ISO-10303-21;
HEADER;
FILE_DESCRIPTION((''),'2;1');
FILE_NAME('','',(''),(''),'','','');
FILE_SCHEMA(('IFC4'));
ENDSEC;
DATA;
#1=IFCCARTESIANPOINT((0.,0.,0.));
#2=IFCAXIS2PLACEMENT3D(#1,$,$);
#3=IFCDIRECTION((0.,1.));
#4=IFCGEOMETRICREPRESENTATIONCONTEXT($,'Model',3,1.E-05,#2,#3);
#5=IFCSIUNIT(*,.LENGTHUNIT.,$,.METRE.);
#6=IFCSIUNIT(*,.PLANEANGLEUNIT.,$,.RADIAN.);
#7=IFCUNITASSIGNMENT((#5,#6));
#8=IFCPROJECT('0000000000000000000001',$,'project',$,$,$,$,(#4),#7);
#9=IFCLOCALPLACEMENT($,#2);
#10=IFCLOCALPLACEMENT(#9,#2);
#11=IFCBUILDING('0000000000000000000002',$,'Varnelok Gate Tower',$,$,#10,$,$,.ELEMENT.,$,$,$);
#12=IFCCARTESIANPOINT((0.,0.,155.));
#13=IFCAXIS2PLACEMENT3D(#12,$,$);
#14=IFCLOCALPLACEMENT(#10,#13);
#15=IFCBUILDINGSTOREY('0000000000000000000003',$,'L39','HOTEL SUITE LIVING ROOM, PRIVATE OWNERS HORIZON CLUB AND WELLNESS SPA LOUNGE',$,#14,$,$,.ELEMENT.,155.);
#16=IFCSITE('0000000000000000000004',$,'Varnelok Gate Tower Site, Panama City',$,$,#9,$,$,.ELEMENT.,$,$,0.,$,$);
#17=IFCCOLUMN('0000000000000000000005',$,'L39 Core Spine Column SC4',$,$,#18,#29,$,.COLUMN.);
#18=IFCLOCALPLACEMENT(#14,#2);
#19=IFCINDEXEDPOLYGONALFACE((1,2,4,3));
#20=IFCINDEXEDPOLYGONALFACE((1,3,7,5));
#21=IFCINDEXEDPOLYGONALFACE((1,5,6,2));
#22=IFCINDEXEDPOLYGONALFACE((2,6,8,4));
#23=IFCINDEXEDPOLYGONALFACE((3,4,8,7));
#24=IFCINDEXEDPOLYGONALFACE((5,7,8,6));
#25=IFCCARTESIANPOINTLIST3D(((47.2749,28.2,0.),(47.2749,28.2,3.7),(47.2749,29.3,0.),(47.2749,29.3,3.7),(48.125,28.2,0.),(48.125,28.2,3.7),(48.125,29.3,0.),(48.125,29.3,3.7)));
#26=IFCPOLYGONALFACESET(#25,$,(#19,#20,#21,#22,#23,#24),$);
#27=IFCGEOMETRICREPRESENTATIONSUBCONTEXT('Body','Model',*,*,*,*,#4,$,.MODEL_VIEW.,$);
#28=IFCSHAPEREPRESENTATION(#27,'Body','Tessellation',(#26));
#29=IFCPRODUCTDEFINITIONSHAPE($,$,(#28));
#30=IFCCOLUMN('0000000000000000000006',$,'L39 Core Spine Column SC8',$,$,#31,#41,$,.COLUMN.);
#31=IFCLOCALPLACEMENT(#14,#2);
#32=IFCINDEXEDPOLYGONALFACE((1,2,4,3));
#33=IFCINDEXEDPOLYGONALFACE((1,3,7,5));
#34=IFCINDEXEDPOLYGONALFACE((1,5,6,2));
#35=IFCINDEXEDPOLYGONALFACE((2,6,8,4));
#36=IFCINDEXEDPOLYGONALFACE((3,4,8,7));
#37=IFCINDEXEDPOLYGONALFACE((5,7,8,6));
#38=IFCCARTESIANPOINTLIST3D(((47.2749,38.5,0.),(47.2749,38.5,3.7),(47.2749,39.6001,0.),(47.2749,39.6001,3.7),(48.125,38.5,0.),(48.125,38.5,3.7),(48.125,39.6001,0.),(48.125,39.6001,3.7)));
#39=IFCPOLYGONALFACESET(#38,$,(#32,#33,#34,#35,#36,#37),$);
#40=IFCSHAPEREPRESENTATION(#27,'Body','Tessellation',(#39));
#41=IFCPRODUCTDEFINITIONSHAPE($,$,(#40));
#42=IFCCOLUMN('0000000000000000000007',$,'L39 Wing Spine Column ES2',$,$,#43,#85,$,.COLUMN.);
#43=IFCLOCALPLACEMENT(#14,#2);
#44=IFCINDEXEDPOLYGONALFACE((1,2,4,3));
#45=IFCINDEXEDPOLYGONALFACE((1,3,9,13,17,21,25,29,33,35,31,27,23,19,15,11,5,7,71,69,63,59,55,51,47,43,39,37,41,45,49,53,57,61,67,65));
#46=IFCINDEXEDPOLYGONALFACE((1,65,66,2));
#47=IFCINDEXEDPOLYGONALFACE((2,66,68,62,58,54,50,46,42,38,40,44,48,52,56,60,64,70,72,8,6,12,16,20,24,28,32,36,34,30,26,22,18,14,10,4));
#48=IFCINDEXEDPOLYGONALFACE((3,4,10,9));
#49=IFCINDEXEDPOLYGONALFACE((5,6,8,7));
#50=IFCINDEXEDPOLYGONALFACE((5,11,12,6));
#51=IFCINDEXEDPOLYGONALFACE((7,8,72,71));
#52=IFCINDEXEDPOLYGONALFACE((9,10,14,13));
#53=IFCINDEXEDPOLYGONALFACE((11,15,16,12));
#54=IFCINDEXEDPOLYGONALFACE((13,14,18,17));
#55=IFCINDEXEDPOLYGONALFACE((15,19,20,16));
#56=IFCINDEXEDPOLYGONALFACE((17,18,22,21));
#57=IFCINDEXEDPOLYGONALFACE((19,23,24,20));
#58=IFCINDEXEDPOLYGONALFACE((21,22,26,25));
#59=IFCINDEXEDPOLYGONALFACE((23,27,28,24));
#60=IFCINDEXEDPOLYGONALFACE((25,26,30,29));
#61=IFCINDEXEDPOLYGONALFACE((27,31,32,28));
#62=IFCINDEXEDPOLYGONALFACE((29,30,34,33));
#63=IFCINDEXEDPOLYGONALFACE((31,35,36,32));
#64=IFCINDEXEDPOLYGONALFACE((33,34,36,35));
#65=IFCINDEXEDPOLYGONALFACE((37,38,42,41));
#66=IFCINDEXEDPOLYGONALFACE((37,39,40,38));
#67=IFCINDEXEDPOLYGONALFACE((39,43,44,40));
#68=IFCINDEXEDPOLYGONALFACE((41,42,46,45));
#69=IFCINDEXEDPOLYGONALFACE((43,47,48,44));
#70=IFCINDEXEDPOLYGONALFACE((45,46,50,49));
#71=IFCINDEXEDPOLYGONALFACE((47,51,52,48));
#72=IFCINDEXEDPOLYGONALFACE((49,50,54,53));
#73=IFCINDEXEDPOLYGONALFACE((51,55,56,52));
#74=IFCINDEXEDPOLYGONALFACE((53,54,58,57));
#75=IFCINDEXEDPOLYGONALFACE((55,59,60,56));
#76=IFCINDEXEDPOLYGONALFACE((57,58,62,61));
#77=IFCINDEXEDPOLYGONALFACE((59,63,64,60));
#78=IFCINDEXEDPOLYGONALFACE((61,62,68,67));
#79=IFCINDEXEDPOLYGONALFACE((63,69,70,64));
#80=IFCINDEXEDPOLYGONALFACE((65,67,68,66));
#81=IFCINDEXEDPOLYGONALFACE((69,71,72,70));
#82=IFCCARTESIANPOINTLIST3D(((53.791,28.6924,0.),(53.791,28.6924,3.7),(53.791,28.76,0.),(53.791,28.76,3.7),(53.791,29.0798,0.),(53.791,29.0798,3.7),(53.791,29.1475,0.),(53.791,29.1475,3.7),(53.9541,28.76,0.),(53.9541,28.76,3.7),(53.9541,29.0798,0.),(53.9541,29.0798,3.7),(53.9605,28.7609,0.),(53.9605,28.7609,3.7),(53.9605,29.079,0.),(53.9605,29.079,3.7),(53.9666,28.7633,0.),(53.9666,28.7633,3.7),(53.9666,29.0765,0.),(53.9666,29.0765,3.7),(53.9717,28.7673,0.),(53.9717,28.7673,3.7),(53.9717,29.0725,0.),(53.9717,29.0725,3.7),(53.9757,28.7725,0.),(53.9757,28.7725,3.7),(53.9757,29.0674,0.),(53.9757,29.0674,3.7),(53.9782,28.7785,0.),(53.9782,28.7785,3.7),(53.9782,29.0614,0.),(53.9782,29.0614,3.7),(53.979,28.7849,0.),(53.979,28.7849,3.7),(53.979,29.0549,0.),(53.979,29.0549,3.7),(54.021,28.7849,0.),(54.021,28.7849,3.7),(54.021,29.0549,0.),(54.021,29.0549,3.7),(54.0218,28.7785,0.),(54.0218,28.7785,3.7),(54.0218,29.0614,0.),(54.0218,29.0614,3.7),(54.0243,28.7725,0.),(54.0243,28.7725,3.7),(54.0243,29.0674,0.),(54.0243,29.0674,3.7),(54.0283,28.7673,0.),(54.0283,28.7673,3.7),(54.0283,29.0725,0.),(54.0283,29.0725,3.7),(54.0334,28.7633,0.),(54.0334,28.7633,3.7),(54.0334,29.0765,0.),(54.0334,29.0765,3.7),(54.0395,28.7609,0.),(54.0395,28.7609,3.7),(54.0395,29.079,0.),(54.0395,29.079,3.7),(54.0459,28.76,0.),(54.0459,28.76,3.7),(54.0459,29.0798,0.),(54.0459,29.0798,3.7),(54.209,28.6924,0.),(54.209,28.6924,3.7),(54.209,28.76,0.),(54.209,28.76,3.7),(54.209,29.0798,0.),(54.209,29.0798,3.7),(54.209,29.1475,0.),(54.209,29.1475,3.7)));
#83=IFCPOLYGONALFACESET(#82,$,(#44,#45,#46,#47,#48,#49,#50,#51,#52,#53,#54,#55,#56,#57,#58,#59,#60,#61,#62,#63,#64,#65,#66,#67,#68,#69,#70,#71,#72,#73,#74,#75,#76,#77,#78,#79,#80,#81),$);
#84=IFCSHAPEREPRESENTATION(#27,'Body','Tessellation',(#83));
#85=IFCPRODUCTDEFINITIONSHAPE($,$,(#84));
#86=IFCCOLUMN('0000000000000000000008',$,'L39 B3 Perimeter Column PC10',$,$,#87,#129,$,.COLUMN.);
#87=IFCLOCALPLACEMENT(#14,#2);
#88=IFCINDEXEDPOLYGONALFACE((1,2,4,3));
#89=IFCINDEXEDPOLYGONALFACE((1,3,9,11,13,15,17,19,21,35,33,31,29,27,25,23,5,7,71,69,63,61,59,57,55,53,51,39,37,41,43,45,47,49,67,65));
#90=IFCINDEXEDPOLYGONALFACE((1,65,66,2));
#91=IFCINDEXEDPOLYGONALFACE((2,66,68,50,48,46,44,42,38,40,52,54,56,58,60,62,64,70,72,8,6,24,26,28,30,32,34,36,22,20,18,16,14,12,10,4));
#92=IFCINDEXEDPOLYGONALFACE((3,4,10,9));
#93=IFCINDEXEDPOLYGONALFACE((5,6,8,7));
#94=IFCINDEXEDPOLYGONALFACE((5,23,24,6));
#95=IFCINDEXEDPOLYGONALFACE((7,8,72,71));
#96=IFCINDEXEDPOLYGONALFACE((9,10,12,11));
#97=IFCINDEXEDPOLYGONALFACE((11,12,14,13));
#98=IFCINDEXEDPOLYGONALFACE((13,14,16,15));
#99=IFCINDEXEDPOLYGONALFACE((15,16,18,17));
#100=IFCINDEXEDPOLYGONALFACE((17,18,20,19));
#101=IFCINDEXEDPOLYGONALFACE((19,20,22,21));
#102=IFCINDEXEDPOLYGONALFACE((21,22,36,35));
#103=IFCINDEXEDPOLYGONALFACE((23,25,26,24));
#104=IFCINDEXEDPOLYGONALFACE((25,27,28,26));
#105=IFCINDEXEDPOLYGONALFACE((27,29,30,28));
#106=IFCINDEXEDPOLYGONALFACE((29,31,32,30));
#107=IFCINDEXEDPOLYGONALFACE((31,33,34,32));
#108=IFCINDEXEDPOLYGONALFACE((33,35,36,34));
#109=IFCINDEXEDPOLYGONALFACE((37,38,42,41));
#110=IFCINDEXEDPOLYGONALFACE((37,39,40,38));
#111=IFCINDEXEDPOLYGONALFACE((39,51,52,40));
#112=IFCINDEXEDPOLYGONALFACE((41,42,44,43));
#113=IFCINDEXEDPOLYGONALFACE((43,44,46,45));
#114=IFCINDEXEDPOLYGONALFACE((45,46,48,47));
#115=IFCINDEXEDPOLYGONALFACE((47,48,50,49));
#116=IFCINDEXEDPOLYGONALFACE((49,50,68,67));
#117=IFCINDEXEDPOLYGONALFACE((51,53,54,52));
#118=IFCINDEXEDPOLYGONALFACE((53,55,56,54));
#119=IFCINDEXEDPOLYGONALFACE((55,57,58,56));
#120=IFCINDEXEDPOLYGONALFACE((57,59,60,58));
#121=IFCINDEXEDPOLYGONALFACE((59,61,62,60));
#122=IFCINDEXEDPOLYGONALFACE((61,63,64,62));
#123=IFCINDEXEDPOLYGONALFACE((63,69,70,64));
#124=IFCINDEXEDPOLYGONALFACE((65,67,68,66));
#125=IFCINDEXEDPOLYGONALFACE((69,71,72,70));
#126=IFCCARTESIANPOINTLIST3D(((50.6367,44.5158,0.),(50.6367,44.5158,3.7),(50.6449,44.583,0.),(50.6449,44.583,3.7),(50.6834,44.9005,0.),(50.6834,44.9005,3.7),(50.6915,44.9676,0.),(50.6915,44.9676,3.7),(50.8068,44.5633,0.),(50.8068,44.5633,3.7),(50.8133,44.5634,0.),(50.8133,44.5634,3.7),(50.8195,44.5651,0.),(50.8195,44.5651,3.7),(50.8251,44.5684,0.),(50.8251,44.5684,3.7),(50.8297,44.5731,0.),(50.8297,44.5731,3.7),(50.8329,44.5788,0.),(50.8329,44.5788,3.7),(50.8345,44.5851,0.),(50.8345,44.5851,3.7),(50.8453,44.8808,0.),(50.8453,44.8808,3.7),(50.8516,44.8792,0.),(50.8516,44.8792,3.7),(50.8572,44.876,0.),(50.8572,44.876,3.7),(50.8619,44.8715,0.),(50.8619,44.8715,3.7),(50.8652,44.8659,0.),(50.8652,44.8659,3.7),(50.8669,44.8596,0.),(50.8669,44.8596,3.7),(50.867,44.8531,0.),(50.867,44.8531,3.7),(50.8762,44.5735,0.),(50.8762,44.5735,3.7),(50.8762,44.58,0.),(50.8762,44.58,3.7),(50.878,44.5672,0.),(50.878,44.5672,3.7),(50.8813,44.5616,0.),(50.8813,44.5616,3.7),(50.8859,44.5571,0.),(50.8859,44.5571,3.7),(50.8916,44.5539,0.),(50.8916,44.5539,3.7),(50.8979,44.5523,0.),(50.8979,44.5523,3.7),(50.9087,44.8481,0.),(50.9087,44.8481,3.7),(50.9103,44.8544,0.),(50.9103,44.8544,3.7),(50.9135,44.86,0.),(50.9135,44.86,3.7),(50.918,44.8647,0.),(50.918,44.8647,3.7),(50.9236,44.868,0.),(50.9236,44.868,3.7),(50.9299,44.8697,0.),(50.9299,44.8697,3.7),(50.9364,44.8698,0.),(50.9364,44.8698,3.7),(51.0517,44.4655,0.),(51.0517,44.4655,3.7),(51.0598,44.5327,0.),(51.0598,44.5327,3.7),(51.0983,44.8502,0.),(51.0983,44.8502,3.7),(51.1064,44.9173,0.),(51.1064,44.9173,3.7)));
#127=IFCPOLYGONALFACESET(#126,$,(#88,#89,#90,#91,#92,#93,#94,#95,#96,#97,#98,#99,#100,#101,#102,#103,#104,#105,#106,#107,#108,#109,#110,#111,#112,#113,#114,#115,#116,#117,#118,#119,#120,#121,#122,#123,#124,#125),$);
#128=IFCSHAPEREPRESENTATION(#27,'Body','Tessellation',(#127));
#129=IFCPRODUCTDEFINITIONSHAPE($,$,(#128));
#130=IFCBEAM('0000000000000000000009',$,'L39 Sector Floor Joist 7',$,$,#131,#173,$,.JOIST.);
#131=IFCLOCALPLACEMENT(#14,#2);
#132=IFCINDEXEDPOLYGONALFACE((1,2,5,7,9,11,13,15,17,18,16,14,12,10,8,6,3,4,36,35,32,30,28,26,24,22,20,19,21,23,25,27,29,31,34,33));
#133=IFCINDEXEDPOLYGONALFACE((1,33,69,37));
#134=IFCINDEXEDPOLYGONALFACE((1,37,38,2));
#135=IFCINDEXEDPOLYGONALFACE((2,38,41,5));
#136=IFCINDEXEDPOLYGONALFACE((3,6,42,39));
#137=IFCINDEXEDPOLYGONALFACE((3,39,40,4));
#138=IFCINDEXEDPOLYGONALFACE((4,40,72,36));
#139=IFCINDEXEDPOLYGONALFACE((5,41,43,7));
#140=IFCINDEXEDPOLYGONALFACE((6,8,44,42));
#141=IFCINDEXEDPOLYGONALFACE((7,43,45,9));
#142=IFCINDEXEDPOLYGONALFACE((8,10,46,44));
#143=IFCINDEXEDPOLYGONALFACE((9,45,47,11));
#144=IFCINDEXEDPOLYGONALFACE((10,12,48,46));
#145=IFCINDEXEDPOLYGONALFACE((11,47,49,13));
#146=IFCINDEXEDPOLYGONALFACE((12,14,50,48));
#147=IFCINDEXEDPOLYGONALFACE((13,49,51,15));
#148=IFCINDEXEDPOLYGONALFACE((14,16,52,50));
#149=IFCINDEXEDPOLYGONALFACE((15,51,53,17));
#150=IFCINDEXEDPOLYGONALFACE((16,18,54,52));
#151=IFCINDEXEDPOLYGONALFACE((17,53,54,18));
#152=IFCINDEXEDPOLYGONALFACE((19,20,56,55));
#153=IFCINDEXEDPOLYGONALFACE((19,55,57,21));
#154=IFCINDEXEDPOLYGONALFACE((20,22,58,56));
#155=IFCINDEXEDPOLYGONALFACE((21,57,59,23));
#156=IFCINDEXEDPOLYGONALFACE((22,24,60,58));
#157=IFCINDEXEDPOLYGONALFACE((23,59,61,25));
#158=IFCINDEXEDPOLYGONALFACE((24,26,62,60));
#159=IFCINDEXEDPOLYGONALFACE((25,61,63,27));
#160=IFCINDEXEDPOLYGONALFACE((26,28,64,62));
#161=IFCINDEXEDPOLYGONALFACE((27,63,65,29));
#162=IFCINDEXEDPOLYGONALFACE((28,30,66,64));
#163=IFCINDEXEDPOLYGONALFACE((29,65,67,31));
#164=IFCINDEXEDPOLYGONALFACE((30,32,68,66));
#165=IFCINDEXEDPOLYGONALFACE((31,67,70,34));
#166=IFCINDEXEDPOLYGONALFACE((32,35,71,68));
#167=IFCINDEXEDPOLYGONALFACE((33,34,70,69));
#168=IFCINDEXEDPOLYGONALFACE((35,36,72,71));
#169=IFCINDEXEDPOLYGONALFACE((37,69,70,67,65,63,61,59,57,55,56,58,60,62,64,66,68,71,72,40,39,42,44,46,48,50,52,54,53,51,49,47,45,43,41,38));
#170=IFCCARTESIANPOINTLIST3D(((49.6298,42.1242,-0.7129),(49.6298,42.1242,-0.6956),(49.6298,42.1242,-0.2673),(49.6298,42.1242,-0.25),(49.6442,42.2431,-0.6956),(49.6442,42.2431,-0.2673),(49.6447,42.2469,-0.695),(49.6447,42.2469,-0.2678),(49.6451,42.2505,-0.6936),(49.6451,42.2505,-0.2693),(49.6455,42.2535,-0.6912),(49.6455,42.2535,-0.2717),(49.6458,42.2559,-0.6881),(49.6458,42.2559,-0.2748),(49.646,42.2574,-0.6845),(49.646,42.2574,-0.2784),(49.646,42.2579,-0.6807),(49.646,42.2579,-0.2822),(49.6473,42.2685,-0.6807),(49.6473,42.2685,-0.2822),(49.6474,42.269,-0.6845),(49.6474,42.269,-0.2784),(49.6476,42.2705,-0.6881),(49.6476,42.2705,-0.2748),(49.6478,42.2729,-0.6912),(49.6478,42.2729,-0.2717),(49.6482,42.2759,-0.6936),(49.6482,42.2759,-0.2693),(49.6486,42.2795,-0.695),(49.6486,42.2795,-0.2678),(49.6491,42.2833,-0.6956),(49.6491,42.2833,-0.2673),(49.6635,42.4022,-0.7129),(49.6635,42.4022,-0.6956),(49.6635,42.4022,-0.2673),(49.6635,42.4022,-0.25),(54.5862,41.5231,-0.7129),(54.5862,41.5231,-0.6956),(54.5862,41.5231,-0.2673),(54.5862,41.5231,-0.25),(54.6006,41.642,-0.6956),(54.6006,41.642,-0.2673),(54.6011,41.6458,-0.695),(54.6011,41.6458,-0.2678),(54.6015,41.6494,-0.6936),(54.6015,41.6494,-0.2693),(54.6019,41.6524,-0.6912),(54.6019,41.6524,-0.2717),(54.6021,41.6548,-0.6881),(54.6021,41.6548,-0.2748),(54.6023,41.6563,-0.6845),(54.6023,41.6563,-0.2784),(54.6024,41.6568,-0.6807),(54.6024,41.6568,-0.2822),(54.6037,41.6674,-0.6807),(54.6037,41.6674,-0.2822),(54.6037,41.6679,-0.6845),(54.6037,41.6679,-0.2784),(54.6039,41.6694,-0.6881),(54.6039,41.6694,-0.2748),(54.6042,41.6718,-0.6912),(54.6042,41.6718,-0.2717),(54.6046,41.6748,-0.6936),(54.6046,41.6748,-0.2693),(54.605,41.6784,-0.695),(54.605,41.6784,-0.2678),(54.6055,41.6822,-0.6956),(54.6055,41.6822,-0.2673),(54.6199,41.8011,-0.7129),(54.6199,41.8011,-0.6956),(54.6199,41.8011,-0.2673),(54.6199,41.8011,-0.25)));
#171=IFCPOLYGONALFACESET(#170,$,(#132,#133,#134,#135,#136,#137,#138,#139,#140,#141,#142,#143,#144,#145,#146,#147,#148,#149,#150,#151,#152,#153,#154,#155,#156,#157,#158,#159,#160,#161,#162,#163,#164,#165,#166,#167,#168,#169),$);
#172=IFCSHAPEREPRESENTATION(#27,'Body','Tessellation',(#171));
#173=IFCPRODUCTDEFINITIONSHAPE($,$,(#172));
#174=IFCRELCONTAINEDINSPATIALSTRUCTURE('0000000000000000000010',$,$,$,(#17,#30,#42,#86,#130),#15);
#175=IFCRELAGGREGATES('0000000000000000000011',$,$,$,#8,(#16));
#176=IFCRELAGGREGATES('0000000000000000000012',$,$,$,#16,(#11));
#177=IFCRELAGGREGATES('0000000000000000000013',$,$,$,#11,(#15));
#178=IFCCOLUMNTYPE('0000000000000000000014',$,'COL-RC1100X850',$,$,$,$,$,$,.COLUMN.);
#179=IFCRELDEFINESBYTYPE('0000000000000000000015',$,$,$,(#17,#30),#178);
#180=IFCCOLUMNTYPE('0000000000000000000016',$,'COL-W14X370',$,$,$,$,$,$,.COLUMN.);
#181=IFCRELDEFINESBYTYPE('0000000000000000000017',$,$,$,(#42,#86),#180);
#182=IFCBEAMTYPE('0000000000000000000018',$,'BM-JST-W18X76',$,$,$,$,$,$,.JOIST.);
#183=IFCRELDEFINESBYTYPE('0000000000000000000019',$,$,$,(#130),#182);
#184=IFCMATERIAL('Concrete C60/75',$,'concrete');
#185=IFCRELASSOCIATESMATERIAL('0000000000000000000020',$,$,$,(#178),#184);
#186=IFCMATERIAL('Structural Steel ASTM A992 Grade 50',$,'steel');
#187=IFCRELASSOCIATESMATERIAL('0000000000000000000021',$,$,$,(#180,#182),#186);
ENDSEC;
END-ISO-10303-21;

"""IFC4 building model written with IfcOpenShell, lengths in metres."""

from ifc_helpers import new_model, si_unit, direction, frame, origin, origin_2d, place, context, subcontext, project, spatial, rectangle, i_section, extrude, material, material_profile, profile_set, type_object, element, save


model = new_model("IFC4")

# Units and contexts
model_context = context("Model", 3, precision=1e-05, world=origin(), true_north=direction((0.0, 1.0)))
body_context = subcontext(model_context, "Body", "Model", "MODEL_VIEW")
ifc_project = project(units=[si_unit("LENGTHUNIT", "METRE"), si_unit("PLANEANGLEUNIT", "RADIAN")], contexts=[model_context])

# Site, building, storey
site_placement = place(None, origin())
site = spatial("IfcSite", under=ifc_project, at=site_placement, Name="Varnelok Gate Tower Site, Panama City", CompositionType="ELEMENT", RefElevation=0.0)
building_placement = place(site_placement, origin())
building = spatial("IfcBuilding", under=site, at=building_placement, Name="Varnelok Gate Tower", CompositionType="ELEMENT")
storey_placement = place(building_placement, frame((0.0, 0.0, 155.0)))
storey = spatial("IfcBuildingStorey", under=building, at=storey_placement, Name="L39", Description="HOTEL SUITE LIVING ROOM, PRIVATE OWNERS HORIZON CLUB AND WELLNESS SPA LOUNGE", CompositionType="ELEMENT", Elevation=155.0)

# Columns
ifc_material_1 = material(Name="Concrete C60/75", Category="concrete")
ifc_material_profile_1 = material_profile(ifc_material_1, rectangle(XDim=0.8501, YDim=1.1001, at=origin_2d()), Name="RC1100X850")
ifc_profile_set_1 = profile_set([ifc_material_profile_1], Name="Concrete C60/75")
column_type_1 = type_object("IfcColumnType", Name="COL-RC1100X850", PredefinedType="COLUMN", material=ifc_profile_set_1)
for number, where, z_axis, x_axis, name in (
    (1, (47.7, 28.75, 0.0), (0.0, 0.0, 1.0), (1.0, 0.0, 0.0), "L39 Core Spine Column SC4"),
    (2, (47.7, 39.05, 0.0), (0.0, 0.0, 1.0), (1.0, 0.0, 0.0), "L39 Core Spine Column SC8"),
):
    element("IfcColumn", number, at=place(storey_placement, frame(where, z_axis=z_axis, x_axis=x_axis)), inside=storey, type_object=column_type_1, Name=name, PredefinedType="COLUMN", context=body_context, shape_type="SweptSolid", body=[
        extrude(rectangle(XDim=0.8501, YDim=1.1001, at=origin_2d()), origin(), (0.0, 0.0, 1.0), 3.7),
    ])
ifc_material_2 = material(Name="Structural Steel ASTM A992 Grade 50", Category="steel")
ifc_material_profile_2 = material_profile(ifc_material_2, i_section(OverallWidth=0.418, OverallDepth=0.4551, WebThickness=0.042, FlangeThickness=0.0676, FilletRadius=0.0249, at=origin_2d()), Name="W14X370")
ifc_profile_set_2 = profile_set([ifc_material_profile_2], Name="Structural Steel ASTM A992 Grade 50")
column_type_2 = type_object("IfcColumnType", Name="COL-W14X370", PredefinedType="COLUMN", material=ifc_profile_set_2)
for number, where, z_axis, x_axis, name in (
    (3, (54.0, 28.9199, 0.0), (0.0, 0.0, 1.0), (1.0, 0.0, 0.0), "L39 Wing Spine Column ES2"),
    (4, (50.8716, 44.7166, 0.0), (0.0, 0.0, 1.0), (0.992732, -0.120345, 0.0), "L39 B3 Perimeter Column PC10"),
):
    element("IfcColumn", number, at=place(storey_placement, frame(where, z_axis=z_axis, x_axis=x_axis)), inside=storey, type_object=column_type_2, Name=name, PredefinedType="COLUMN", context=body_context, shape_type="SweptSolid", body=[
        extrude(i_section(OverallWidth=0.418, OverallDepth=0.4551, WebThickness=0.042, FlangeThickness=0.0676, FilletRadius=0.0249, at=origin_2d()), origin(), (0.0, 0.0, 1.0), 3.7),
    ])

# Beam
ifc_material_profile_3 = material_profile(ifc_material_2, i_section(OverallWidth=0.28, OverallDepth=0.4629, WebThickness=0.0107, FlangeThickness=0.0173, FilletRadius=0.0149, at=origin_2d()), Name="W18X76")
ifc_profile_set_3 = profile_set([ifc_material_profile_3], Name="Structural Steel ASTM A992 Grade 50")
beam_type_1 = type_object("IfcBeamType", Name="BM-JST-W18X76", PredefinedType="JOIST", material=ifc_profile_set_3)
beam_1_placement = place(storey_placement, frame((54.603, 41.6621, -0.4814), z_axis=(-0.992726, 0.120393, 0.0), x_axis=(-0.120393, -0.992726, 0.0)))
element("IfcBeam", 5, at=beam_1_placement, inside=storey, type_object=beam_type_1, Name="L39 Sector Floor Joist 7", PredefinedType="JOIST", context=body_context, shape_type="SweptSolid", body=[
    extrude(i_section(OverallWidth=0.28, OverallDepth=0.4629, WebThickness=0.0107, FlangeThickness=0.0173, FilletRadius=0.0149, at=origin_2d()), origin(), (0.0, 0.0, 1.0), 4.9927),
])

save(model, "model.ifc")
